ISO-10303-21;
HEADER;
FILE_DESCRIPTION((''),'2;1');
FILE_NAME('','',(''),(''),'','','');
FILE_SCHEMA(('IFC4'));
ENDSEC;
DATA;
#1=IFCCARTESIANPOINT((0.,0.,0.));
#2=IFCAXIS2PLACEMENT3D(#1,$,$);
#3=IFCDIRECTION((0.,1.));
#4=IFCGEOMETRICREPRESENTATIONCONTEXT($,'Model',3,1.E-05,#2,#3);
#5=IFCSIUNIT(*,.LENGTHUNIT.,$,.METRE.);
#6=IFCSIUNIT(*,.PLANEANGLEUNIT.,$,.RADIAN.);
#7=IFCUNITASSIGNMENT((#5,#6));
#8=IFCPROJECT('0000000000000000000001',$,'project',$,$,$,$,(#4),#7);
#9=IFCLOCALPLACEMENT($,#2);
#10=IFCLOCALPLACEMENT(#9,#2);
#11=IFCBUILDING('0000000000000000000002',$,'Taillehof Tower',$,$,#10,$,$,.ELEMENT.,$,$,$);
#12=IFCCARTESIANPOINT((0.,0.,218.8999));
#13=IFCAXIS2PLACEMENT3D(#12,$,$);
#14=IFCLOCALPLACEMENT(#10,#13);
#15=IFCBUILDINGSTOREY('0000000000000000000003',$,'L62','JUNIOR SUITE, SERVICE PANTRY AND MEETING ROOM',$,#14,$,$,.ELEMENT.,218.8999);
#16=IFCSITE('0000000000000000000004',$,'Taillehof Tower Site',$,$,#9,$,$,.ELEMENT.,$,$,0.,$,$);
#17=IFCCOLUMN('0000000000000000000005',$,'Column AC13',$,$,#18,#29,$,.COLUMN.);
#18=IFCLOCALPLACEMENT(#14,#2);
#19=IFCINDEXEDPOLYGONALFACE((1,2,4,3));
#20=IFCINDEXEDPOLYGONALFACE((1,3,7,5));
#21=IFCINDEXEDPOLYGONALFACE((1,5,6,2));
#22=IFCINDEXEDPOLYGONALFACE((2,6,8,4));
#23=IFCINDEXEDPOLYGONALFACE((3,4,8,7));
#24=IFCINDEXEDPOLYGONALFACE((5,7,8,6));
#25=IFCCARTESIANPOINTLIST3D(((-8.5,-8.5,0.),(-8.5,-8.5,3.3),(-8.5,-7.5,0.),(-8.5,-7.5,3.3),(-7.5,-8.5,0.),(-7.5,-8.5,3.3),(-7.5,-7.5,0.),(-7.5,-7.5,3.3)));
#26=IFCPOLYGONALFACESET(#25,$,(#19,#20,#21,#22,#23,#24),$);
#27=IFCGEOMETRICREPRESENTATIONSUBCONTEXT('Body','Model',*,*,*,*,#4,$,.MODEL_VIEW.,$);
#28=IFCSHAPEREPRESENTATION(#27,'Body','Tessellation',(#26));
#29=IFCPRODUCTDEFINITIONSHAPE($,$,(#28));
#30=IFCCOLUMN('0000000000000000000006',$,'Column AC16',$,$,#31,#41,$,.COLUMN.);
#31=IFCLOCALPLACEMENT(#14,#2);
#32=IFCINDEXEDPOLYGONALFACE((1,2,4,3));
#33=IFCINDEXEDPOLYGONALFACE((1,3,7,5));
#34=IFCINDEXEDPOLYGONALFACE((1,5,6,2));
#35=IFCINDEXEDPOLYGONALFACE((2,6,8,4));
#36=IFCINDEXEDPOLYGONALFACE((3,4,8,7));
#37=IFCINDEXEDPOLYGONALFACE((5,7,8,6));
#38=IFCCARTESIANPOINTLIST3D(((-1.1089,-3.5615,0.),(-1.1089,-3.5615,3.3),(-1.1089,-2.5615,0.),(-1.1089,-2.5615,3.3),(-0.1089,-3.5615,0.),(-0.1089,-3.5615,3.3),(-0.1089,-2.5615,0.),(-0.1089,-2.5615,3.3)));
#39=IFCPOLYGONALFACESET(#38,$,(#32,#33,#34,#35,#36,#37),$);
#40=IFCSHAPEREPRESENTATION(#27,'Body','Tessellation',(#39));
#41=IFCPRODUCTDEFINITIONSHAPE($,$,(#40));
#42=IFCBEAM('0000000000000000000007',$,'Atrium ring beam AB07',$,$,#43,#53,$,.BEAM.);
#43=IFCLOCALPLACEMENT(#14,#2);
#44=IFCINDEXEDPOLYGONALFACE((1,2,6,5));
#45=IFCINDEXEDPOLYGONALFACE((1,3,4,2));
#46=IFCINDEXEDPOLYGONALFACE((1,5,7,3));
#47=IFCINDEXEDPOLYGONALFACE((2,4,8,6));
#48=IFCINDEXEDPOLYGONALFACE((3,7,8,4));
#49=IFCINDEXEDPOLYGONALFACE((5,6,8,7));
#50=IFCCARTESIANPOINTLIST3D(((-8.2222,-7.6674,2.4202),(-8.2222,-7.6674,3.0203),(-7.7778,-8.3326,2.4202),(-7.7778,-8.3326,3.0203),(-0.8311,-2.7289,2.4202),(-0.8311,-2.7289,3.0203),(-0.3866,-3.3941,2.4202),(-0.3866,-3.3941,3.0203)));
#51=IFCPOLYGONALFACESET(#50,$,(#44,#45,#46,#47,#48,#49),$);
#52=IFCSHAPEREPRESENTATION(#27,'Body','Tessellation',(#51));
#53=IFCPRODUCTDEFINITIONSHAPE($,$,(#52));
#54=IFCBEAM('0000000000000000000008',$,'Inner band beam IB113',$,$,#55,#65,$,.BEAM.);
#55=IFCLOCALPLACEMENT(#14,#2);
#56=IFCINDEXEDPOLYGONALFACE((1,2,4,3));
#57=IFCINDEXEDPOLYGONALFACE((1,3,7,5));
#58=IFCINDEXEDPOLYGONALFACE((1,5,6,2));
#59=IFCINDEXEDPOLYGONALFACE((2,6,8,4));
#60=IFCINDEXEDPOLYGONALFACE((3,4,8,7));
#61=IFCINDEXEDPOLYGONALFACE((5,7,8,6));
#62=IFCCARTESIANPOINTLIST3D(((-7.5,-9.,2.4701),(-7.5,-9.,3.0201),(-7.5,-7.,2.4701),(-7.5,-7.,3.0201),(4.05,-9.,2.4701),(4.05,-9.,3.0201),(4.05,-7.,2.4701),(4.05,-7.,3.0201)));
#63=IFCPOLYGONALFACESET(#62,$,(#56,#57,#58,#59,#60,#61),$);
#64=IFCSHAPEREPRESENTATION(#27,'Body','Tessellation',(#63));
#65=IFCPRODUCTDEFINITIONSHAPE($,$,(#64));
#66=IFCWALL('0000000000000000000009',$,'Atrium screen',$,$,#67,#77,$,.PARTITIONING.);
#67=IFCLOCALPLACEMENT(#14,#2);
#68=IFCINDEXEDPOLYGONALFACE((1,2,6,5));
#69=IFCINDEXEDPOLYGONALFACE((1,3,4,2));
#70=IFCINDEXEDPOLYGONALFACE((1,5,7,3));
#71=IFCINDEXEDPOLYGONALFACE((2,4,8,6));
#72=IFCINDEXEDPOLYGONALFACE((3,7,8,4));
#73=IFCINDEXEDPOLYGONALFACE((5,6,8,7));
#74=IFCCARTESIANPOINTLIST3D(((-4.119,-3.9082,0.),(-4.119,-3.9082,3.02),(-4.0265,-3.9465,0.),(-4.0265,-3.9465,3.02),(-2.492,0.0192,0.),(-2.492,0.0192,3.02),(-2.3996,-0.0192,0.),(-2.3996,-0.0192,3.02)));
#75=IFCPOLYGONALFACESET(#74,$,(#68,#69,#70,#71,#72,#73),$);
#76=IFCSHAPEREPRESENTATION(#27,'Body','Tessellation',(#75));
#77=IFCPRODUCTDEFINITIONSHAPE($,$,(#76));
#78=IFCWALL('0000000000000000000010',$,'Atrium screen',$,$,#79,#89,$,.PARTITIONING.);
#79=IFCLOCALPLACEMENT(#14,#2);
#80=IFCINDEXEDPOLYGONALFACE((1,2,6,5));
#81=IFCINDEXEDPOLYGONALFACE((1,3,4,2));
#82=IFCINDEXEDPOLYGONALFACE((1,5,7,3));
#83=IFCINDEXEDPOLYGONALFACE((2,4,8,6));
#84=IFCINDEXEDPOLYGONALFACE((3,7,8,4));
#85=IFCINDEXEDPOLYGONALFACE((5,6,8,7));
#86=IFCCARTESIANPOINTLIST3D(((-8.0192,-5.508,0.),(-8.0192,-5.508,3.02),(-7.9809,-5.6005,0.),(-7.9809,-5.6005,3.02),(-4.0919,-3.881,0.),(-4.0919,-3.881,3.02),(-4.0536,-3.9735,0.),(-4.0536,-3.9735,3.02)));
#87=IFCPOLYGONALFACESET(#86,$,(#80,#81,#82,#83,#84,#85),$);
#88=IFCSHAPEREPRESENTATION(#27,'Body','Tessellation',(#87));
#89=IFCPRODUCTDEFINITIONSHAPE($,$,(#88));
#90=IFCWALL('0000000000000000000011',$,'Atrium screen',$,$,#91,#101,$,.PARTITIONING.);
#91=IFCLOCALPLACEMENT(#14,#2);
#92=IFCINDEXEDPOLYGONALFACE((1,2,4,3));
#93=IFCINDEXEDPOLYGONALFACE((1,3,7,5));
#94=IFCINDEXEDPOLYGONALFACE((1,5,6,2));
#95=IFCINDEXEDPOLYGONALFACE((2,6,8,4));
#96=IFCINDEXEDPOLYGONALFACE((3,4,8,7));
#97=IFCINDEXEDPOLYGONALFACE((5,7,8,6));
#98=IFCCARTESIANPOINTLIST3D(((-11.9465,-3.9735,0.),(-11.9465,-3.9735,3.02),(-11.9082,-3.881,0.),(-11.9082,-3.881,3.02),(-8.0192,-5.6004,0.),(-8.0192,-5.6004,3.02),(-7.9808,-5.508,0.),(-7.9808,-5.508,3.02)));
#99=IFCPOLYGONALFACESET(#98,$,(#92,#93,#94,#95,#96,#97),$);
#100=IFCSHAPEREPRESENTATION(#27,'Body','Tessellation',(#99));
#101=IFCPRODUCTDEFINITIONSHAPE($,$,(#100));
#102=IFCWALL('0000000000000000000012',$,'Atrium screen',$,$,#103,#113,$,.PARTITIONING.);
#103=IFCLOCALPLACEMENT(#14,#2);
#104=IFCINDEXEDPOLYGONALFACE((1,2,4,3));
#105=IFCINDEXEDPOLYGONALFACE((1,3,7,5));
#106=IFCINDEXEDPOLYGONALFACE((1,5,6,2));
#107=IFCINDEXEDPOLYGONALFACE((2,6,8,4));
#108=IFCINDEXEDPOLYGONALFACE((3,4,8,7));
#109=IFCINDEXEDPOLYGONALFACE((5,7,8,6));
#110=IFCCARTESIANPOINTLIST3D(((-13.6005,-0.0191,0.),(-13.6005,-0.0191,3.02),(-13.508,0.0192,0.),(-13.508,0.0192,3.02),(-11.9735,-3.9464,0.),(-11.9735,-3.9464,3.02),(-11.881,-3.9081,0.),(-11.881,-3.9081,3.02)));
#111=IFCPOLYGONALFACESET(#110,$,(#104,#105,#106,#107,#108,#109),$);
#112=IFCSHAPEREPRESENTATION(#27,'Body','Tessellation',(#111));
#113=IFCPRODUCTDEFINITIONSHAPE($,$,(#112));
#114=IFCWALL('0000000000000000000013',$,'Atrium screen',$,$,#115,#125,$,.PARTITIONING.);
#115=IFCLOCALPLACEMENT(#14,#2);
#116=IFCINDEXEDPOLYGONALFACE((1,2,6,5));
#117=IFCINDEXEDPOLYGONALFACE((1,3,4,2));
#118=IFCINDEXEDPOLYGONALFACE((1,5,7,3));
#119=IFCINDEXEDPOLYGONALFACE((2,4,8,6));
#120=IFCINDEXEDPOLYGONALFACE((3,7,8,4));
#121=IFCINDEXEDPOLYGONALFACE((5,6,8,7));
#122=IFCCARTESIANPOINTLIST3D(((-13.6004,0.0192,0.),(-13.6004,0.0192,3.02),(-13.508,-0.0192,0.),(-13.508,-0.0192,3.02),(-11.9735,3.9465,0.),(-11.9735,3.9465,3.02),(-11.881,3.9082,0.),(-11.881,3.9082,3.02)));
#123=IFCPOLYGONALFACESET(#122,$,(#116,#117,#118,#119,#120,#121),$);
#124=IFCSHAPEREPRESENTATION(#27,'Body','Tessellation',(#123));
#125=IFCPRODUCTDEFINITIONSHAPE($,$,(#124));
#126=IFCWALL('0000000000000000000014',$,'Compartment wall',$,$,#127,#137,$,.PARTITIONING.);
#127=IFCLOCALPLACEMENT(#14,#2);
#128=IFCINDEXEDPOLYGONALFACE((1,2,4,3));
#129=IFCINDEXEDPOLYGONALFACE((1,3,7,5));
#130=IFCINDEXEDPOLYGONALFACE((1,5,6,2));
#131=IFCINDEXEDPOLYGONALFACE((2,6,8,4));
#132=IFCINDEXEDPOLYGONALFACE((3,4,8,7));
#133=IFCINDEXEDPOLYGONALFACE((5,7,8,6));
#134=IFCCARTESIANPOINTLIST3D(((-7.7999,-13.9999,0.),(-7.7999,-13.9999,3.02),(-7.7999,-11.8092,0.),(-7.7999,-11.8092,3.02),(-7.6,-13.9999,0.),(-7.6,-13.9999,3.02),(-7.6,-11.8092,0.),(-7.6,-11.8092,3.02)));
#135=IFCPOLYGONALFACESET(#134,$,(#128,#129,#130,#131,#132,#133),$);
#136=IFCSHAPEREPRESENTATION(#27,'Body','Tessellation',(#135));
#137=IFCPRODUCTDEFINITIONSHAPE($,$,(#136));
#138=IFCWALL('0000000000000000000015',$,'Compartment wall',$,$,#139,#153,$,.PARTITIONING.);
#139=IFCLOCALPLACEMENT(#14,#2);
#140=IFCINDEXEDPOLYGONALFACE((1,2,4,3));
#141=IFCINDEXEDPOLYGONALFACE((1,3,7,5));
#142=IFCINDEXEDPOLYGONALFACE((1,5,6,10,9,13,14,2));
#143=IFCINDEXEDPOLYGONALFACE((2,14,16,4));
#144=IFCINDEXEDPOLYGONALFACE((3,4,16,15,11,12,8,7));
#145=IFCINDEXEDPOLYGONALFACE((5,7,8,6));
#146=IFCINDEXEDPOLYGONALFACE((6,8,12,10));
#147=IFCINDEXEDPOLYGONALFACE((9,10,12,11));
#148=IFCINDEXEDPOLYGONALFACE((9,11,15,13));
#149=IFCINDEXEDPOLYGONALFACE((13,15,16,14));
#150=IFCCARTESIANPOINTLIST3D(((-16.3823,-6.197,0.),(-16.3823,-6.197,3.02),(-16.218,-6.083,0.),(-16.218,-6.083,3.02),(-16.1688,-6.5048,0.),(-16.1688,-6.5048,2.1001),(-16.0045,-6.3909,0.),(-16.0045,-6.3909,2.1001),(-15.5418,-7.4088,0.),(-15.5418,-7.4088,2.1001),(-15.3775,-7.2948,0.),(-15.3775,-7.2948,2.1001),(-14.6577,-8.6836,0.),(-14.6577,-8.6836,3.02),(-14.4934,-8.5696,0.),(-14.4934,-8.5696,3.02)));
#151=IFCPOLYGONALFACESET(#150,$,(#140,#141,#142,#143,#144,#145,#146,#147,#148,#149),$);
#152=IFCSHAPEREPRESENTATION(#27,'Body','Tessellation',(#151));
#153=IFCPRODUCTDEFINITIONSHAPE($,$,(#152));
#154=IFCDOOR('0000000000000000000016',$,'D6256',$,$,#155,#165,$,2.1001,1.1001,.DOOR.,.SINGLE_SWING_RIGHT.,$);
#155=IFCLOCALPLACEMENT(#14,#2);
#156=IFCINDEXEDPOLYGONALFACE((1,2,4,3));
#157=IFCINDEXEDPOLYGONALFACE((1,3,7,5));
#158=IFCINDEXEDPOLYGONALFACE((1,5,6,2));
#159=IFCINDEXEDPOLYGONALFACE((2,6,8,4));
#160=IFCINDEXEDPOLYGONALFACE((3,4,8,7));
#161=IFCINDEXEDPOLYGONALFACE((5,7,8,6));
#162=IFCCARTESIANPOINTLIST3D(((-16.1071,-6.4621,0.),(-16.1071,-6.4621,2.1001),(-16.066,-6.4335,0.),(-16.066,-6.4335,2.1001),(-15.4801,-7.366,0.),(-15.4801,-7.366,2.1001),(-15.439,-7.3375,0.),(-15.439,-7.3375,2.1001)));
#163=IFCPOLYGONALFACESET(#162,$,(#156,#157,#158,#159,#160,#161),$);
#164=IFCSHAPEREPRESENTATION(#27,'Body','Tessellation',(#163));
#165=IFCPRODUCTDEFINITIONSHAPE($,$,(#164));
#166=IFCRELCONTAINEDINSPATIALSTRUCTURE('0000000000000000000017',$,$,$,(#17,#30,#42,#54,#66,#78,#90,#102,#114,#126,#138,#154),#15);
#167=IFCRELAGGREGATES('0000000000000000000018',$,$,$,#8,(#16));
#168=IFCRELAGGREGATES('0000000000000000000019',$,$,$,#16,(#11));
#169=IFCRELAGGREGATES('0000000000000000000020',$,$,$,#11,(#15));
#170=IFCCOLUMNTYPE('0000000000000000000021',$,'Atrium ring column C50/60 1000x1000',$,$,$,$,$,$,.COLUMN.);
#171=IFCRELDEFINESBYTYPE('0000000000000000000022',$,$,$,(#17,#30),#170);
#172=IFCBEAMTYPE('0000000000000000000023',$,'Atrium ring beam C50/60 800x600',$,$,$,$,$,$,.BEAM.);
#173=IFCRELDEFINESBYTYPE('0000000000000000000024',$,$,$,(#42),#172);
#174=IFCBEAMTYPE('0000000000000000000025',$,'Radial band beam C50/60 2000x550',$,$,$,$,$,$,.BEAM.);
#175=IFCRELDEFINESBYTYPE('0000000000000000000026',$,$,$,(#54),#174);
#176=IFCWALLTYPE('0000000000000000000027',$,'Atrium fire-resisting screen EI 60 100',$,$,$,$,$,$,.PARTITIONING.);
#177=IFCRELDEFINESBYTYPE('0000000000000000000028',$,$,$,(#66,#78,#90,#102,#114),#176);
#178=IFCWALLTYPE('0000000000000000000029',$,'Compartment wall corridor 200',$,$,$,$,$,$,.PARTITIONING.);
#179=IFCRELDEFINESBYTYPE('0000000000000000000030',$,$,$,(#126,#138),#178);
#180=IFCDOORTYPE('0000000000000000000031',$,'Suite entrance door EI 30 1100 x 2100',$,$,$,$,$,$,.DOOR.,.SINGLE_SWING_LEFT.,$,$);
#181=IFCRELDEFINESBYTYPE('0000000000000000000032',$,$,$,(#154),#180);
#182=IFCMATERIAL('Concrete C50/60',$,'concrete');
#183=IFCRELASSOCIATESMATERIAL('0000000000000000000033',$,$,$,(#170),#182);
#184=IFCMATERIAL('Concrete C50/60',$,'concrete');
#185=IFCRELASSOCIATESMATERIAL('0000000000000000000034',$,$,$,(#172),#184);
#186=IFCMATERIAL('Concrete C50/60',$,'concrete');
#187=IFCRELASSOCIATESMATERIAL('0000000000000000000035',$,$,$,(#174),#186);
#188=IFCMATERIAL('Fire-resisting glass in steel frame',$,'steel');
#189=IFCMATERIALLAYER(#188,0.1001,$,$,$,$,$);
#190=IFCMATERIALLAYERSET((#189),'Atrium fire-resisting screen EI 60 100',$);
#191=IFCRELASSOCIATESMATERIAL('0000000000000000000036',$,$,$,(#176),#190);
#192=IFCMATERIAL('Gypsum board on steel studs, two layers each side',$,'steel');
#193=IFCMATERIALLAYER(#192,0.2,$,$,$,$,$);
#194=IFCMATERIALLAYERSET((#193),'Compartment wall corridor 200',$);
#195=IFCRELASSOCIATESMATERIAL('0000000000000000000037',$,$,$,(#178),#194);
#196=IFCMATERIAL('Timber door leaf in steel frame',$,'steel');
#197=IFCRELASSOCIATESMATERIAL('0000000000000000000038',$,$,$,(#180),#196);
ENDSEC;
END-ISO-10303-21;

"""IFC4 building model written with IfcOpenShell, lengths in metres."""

from ifc_helpers import new_model, si_unit, direction, frame, frame_2d, origin, origin_2d, place, context, subcontext, project, spatial, rectangle, extrude, material, layer, layer_set, material_profile, profile_set, type_object, element, fill, save


model = new_model("IFC4")

# Units and contexts
model_context = context("Model", 3, precision=1e-05, world=origin(), true_north=direction((0.0, 1.0)))
body_context = subcontext(model_context, "Body", "Model", "MODEL_VIEW")
ifc_project = project(units=[si_unit("LENGTHUNIT", "METRE"), si_unit("PLANEANGLEUNIT", "RADIAN")], contexts=[model_context])

# Site, building, storey
site_placement = place(None, origin())
site = spatial("IfcSite", under=ifc_project, at=site_placement, Name="Taillehof Tower Site", CompositionType="ELEMENT", RefElevation=0.0)
building_placement = place(site_placement, origin())
building = spatial("IfcBuilding", under=site, at=building_placement, Name="Taillehof Tower", CompositionType="ELEMENT")
storey_placement = place(building_placement, frame((0.0, 0.0, 218.8999)))
storey = spatial("IfcBuildingStorey", under=building, at=storey_placement, Name="L62", Description="JUNIOR SUITE, SERVICE PANTRY AND MEETING ROOM", CompositionType="ELEMENT", Elevation=218.8999)

# Columns
ifc_material_1 = material(Name="Concrete C50/60", Category="concrete")
ifc_material_profile_1 = material_profile(ifc_material_1, rectangle(XDim=1.0, YDim=1.0, at=origin_2d()), Name="RC 1000x1000")
ifc_profile_set_1 = profile_set([ifc_material_profile_1], Name="Concrete C50/60")
column_type = type_object("IfcColumnType", Name="Atrium ring column C50/60 1000x1000", PredefinedType="COLUMN", material=ifc_profile_set_1)
for number, where, z_axis, x_axis, name in (
    (1, (-8.0, -8.0, 0.0), (0.0, 0.0, 1.0), (1.0, 0.0, 0.0), "Column AC13"),
    (2, (-0.6089, -3.0615, 0.0), (0.0, 0.0, 1.0), (1.0, 0.0, 0.0), "Column AC16"),
):
    element("IfcColumn", number, at=place(storey_placement, frame(where, z_axis=z_axis, x_axis=x_axis)), inside=storey, type_object=column_type, Name=name, PredefinedType="COLUMN", context=body_context, shape_type="SweptSolid", body=[
        extrude(rectangle(XDim=1.0, YDim=1.0, at=origin_2d()), origin(), (0.0, 0.0, 1.0), 3.3),
    ])

# Beams
ifc_material_2 = material(Name="Concrete C50/60", Category="concrete")
ifc_material_profile_2 = material_profile(ifc_material_2, rectangle(XDim=0.8, YDim=0.6001, at=origin_2d()), Name="RC 800x600")
ifc_profile_set_2 = profile_set([ifc_material_profile_2], Name="Concrete C50/60")
beam_type_1 = type_object("IfcBeamType", Name="Atrium ring beam C50/60 800x600", PredefinedType="BEAM", material=ifc_profile_set_2)
beam_1_placement = place(storey_placement, frame((-8.0, -8.0, 2.7202), z_axis=(0.831475, 0.555562, 0.0), x_axis=(-0.555562, 0.831475, 0.0)))
element("IfcBeam", 3, at=beam_1_placement, inside=storey, type_object=beam_type_1, Name="Atrium ring beam AB07", PredefinedType="BEAM", context=body_context, shape_type="SweptSolid", body=[
    extrude(rectangle(XDim=0.8, YDim=0.6001, at=origin_2d()), origin(), (0.0, 0.0, 1.0), 8.8892),
])
ifc_material_3 = material(Name="Concrete C50/60", Category="concrete")
ifc_material_profile_3 = material_profile(ifc_material_3, rectangle(XDim=2.0, YDim=0.55, at=origin_2d()), Name="RC 2000x550")
ifc_profile_set_3 = profile_set([ifc_material_profile_3], Name="Concrete C50/60")
beam_type_2 = type_object("IfcBeamType", Name="Radial band beam C50/60 2000x550", PredefinedType="BEAM", material=ifc_profile_set_3)
beam_2_placement = place(storey_placement, frame((-7.5, -8.0, 2.7451), z_axis=(1.0, 0.0, 0.0), x_axis=(0.0, 1.0, 0.0)))
element("IfcBeam", 4, at=beam_2_placement, inside=storey, type_object=beam_type_2, Name="Inner band beam IB113", PredefinedType="BEAM", context=body_context, shape_type="SweptSolid", body=[
    extrude(rectangle(XDim=2.0, YDim=0.55, at=origin_2d()), origin(), (0.0, 0.0, 1.0), 11.55),
])

# Walls
ifc_material_4 = material(Name="Fire-resisting glass in steel frame", Category="steel")
ifc_layer_1 = layer(ifc_material_4, 0.1001)
ifc_layer_set_1 = layer_set([ifc_layer_1], Name="Atrium fire-resisting screen EI 60 100")
wall_type_1 = type_object("IfcWallType", Name="Atrium fire-resisting screen EI 60 100", PredefinedType="PARTITIONING", material=ifc_layer_set_1)
for number, where, z_axis, x_axis, name in (
    (5, (-2.4458, 0.0, 0.0), (0.0, 0.0, 1.0), (-0.382731, -0.92386, 0.0), "Atrium screen"),
    (6, (-4.0728, -3.9272, 0.0), (0.0, 0.0, 1.0), (-0.92386, -0.382731, 0.0), "Atrium screen"),
    (7, (-8.0, -5.5542, 0.0), (0.0, 0.0, 1.0), (-0.92386, 0.382731, 0.0), "Atrium screen"),
    (8, (-11.9272, -3.9272, 0.0), (0.0, 0.0, 1.0), (-0.382731, 0.92386, 0.0), "Atrium screen"),
    (9, (-13.5542, 0.0, 0.0), (0.0, 0.0, 1.0), (0.382731, 0.92386, 0.0), "Atrium screen"),
):
    element("IfcWall", number, at=place(storey_placement, frame(where, z_axis=z_axis, x_axis=x_axis)), inside=storey, type_object=wall_type_1, Name=name, PredefinedType="PARTITIONING", context=body_context, shape_type="SweptSolid", body=[
        extrude(rectangle(XDim=4.251, YDim=0.1001, at=frame_2d((2.1255, 0.0))), origin(), (0.0, 0.0, 1.0), 3.02),
    ])
ifc_material_5 = material(Name="Gypsum board on steel studs, two layers each side", Category="steel")
ifc_layer_2 = layer(ifc_material_5, 0.2)
ifc_layer_set_2 = layer_set([ifc_layer_2], Name="Compartment wall corridor 200")
wall_type_2 = type_object("IfcWallType", Name="Compartment wall corridor 200", PredefinedType="PARTITIONING", material=ifc_layer_set_2)
wall_1_placement = place(storey_placement, frame((-7.7, -11.8093, 0.0), z_axis=(0.0, 0.0, 1.0), x_axis=(0.0, -1.0, 0.0)))
element("IfcWall", 10, at=wall_1_placement, inside=storey, type_object=wall_type_2, Name="Compartment wall", PredefinedType="PARTITIONING", context=body_context, shape_type="SweptSolid", body=[
    extrude(rectangle(XDim=2.1907, YDim=0.2, at=frame_2d((1.0952, 0.0))), origin(), (0.0, 0.0, 1.0), 3.02),
])

# Wall, opening, door
wall_2_placement = place(storey_placement, frame((-14.5754, -8.6267, 0.0), z_axis=(0.0, 0.0, 1.0), x_axis=(-0.56991, 0.821707, 0.0)))
wall_2 = element("IfcWall", 11, at=wall_2_placement, inside=storey, type_object=wall_type_2, Name="Compartment wall", PredefinedType="PARTITIONING", context=body_context, shape_type="SweptSolid", body=[
    extrude(rectangle(XDim=3.0261, YDim=0.2, at=frame_2d((1.5132, 0.0))), origin(), (0.0, 0.0, 1.0), 3.02),
])
opening_1_placement = place(wall_2_placement, frame((1.5515, 0.0, 0.0)))
opening_1 = element("IfcOpeningElement", 12, at=opening_1_placement, cuts=wall_2, PredefinedType="OPENING", context=body_context, shape_type="SweptSolid", body=[
    extrude(rectangle(XDim=1.1001, YDim=2.1001, at=frame_2d((0.55, 1.05))), frame((0.0, 0.1099, 0.0), z_axis=(0.0, -1.0, 0.0), x_axis=(1.0, 0.0, 0.0)), (0.0, 0.0, 1.0), 0.22),
])
ifc_material_6 = material(Name="Timber door leaf in steel frame", Category="steel")
door_type_1 = type_object("IfcDoorType", Name="Suite entrance door EI 30 1100 x 2100", OperationType="SINGLE_SWING_LEFT", PredefinedType="DOOR", material=ifc_material_6)
door_1_placement = place(opening_1_placement, origin())
door_1 = element("IfcDoor", 13, at=door_1_placement, inside=storey, type_object=door_type_1, Name="D6256", OperationType="SINGLE_SWING_RIGHT", OverallHeight=2.1001, OverallWidth=1.1001, PredefinedType="DOOR", context=body_context, shape_type="SweptSolid", body=[
    extrude(rectangle(XDim=1.1001, YDim=2.1001, at=frame_2d((0.55, 1.05))), frame((0.0, 0.0249, 0.0), z_axis=(0.0, -1.0, 0.0), x_axis=(1.0, 0.0, 0.0)), (0.0, 0.0, 1.0), 0.05),
])
fill(opening_1, door_1)

save(model, "model.ifc")
